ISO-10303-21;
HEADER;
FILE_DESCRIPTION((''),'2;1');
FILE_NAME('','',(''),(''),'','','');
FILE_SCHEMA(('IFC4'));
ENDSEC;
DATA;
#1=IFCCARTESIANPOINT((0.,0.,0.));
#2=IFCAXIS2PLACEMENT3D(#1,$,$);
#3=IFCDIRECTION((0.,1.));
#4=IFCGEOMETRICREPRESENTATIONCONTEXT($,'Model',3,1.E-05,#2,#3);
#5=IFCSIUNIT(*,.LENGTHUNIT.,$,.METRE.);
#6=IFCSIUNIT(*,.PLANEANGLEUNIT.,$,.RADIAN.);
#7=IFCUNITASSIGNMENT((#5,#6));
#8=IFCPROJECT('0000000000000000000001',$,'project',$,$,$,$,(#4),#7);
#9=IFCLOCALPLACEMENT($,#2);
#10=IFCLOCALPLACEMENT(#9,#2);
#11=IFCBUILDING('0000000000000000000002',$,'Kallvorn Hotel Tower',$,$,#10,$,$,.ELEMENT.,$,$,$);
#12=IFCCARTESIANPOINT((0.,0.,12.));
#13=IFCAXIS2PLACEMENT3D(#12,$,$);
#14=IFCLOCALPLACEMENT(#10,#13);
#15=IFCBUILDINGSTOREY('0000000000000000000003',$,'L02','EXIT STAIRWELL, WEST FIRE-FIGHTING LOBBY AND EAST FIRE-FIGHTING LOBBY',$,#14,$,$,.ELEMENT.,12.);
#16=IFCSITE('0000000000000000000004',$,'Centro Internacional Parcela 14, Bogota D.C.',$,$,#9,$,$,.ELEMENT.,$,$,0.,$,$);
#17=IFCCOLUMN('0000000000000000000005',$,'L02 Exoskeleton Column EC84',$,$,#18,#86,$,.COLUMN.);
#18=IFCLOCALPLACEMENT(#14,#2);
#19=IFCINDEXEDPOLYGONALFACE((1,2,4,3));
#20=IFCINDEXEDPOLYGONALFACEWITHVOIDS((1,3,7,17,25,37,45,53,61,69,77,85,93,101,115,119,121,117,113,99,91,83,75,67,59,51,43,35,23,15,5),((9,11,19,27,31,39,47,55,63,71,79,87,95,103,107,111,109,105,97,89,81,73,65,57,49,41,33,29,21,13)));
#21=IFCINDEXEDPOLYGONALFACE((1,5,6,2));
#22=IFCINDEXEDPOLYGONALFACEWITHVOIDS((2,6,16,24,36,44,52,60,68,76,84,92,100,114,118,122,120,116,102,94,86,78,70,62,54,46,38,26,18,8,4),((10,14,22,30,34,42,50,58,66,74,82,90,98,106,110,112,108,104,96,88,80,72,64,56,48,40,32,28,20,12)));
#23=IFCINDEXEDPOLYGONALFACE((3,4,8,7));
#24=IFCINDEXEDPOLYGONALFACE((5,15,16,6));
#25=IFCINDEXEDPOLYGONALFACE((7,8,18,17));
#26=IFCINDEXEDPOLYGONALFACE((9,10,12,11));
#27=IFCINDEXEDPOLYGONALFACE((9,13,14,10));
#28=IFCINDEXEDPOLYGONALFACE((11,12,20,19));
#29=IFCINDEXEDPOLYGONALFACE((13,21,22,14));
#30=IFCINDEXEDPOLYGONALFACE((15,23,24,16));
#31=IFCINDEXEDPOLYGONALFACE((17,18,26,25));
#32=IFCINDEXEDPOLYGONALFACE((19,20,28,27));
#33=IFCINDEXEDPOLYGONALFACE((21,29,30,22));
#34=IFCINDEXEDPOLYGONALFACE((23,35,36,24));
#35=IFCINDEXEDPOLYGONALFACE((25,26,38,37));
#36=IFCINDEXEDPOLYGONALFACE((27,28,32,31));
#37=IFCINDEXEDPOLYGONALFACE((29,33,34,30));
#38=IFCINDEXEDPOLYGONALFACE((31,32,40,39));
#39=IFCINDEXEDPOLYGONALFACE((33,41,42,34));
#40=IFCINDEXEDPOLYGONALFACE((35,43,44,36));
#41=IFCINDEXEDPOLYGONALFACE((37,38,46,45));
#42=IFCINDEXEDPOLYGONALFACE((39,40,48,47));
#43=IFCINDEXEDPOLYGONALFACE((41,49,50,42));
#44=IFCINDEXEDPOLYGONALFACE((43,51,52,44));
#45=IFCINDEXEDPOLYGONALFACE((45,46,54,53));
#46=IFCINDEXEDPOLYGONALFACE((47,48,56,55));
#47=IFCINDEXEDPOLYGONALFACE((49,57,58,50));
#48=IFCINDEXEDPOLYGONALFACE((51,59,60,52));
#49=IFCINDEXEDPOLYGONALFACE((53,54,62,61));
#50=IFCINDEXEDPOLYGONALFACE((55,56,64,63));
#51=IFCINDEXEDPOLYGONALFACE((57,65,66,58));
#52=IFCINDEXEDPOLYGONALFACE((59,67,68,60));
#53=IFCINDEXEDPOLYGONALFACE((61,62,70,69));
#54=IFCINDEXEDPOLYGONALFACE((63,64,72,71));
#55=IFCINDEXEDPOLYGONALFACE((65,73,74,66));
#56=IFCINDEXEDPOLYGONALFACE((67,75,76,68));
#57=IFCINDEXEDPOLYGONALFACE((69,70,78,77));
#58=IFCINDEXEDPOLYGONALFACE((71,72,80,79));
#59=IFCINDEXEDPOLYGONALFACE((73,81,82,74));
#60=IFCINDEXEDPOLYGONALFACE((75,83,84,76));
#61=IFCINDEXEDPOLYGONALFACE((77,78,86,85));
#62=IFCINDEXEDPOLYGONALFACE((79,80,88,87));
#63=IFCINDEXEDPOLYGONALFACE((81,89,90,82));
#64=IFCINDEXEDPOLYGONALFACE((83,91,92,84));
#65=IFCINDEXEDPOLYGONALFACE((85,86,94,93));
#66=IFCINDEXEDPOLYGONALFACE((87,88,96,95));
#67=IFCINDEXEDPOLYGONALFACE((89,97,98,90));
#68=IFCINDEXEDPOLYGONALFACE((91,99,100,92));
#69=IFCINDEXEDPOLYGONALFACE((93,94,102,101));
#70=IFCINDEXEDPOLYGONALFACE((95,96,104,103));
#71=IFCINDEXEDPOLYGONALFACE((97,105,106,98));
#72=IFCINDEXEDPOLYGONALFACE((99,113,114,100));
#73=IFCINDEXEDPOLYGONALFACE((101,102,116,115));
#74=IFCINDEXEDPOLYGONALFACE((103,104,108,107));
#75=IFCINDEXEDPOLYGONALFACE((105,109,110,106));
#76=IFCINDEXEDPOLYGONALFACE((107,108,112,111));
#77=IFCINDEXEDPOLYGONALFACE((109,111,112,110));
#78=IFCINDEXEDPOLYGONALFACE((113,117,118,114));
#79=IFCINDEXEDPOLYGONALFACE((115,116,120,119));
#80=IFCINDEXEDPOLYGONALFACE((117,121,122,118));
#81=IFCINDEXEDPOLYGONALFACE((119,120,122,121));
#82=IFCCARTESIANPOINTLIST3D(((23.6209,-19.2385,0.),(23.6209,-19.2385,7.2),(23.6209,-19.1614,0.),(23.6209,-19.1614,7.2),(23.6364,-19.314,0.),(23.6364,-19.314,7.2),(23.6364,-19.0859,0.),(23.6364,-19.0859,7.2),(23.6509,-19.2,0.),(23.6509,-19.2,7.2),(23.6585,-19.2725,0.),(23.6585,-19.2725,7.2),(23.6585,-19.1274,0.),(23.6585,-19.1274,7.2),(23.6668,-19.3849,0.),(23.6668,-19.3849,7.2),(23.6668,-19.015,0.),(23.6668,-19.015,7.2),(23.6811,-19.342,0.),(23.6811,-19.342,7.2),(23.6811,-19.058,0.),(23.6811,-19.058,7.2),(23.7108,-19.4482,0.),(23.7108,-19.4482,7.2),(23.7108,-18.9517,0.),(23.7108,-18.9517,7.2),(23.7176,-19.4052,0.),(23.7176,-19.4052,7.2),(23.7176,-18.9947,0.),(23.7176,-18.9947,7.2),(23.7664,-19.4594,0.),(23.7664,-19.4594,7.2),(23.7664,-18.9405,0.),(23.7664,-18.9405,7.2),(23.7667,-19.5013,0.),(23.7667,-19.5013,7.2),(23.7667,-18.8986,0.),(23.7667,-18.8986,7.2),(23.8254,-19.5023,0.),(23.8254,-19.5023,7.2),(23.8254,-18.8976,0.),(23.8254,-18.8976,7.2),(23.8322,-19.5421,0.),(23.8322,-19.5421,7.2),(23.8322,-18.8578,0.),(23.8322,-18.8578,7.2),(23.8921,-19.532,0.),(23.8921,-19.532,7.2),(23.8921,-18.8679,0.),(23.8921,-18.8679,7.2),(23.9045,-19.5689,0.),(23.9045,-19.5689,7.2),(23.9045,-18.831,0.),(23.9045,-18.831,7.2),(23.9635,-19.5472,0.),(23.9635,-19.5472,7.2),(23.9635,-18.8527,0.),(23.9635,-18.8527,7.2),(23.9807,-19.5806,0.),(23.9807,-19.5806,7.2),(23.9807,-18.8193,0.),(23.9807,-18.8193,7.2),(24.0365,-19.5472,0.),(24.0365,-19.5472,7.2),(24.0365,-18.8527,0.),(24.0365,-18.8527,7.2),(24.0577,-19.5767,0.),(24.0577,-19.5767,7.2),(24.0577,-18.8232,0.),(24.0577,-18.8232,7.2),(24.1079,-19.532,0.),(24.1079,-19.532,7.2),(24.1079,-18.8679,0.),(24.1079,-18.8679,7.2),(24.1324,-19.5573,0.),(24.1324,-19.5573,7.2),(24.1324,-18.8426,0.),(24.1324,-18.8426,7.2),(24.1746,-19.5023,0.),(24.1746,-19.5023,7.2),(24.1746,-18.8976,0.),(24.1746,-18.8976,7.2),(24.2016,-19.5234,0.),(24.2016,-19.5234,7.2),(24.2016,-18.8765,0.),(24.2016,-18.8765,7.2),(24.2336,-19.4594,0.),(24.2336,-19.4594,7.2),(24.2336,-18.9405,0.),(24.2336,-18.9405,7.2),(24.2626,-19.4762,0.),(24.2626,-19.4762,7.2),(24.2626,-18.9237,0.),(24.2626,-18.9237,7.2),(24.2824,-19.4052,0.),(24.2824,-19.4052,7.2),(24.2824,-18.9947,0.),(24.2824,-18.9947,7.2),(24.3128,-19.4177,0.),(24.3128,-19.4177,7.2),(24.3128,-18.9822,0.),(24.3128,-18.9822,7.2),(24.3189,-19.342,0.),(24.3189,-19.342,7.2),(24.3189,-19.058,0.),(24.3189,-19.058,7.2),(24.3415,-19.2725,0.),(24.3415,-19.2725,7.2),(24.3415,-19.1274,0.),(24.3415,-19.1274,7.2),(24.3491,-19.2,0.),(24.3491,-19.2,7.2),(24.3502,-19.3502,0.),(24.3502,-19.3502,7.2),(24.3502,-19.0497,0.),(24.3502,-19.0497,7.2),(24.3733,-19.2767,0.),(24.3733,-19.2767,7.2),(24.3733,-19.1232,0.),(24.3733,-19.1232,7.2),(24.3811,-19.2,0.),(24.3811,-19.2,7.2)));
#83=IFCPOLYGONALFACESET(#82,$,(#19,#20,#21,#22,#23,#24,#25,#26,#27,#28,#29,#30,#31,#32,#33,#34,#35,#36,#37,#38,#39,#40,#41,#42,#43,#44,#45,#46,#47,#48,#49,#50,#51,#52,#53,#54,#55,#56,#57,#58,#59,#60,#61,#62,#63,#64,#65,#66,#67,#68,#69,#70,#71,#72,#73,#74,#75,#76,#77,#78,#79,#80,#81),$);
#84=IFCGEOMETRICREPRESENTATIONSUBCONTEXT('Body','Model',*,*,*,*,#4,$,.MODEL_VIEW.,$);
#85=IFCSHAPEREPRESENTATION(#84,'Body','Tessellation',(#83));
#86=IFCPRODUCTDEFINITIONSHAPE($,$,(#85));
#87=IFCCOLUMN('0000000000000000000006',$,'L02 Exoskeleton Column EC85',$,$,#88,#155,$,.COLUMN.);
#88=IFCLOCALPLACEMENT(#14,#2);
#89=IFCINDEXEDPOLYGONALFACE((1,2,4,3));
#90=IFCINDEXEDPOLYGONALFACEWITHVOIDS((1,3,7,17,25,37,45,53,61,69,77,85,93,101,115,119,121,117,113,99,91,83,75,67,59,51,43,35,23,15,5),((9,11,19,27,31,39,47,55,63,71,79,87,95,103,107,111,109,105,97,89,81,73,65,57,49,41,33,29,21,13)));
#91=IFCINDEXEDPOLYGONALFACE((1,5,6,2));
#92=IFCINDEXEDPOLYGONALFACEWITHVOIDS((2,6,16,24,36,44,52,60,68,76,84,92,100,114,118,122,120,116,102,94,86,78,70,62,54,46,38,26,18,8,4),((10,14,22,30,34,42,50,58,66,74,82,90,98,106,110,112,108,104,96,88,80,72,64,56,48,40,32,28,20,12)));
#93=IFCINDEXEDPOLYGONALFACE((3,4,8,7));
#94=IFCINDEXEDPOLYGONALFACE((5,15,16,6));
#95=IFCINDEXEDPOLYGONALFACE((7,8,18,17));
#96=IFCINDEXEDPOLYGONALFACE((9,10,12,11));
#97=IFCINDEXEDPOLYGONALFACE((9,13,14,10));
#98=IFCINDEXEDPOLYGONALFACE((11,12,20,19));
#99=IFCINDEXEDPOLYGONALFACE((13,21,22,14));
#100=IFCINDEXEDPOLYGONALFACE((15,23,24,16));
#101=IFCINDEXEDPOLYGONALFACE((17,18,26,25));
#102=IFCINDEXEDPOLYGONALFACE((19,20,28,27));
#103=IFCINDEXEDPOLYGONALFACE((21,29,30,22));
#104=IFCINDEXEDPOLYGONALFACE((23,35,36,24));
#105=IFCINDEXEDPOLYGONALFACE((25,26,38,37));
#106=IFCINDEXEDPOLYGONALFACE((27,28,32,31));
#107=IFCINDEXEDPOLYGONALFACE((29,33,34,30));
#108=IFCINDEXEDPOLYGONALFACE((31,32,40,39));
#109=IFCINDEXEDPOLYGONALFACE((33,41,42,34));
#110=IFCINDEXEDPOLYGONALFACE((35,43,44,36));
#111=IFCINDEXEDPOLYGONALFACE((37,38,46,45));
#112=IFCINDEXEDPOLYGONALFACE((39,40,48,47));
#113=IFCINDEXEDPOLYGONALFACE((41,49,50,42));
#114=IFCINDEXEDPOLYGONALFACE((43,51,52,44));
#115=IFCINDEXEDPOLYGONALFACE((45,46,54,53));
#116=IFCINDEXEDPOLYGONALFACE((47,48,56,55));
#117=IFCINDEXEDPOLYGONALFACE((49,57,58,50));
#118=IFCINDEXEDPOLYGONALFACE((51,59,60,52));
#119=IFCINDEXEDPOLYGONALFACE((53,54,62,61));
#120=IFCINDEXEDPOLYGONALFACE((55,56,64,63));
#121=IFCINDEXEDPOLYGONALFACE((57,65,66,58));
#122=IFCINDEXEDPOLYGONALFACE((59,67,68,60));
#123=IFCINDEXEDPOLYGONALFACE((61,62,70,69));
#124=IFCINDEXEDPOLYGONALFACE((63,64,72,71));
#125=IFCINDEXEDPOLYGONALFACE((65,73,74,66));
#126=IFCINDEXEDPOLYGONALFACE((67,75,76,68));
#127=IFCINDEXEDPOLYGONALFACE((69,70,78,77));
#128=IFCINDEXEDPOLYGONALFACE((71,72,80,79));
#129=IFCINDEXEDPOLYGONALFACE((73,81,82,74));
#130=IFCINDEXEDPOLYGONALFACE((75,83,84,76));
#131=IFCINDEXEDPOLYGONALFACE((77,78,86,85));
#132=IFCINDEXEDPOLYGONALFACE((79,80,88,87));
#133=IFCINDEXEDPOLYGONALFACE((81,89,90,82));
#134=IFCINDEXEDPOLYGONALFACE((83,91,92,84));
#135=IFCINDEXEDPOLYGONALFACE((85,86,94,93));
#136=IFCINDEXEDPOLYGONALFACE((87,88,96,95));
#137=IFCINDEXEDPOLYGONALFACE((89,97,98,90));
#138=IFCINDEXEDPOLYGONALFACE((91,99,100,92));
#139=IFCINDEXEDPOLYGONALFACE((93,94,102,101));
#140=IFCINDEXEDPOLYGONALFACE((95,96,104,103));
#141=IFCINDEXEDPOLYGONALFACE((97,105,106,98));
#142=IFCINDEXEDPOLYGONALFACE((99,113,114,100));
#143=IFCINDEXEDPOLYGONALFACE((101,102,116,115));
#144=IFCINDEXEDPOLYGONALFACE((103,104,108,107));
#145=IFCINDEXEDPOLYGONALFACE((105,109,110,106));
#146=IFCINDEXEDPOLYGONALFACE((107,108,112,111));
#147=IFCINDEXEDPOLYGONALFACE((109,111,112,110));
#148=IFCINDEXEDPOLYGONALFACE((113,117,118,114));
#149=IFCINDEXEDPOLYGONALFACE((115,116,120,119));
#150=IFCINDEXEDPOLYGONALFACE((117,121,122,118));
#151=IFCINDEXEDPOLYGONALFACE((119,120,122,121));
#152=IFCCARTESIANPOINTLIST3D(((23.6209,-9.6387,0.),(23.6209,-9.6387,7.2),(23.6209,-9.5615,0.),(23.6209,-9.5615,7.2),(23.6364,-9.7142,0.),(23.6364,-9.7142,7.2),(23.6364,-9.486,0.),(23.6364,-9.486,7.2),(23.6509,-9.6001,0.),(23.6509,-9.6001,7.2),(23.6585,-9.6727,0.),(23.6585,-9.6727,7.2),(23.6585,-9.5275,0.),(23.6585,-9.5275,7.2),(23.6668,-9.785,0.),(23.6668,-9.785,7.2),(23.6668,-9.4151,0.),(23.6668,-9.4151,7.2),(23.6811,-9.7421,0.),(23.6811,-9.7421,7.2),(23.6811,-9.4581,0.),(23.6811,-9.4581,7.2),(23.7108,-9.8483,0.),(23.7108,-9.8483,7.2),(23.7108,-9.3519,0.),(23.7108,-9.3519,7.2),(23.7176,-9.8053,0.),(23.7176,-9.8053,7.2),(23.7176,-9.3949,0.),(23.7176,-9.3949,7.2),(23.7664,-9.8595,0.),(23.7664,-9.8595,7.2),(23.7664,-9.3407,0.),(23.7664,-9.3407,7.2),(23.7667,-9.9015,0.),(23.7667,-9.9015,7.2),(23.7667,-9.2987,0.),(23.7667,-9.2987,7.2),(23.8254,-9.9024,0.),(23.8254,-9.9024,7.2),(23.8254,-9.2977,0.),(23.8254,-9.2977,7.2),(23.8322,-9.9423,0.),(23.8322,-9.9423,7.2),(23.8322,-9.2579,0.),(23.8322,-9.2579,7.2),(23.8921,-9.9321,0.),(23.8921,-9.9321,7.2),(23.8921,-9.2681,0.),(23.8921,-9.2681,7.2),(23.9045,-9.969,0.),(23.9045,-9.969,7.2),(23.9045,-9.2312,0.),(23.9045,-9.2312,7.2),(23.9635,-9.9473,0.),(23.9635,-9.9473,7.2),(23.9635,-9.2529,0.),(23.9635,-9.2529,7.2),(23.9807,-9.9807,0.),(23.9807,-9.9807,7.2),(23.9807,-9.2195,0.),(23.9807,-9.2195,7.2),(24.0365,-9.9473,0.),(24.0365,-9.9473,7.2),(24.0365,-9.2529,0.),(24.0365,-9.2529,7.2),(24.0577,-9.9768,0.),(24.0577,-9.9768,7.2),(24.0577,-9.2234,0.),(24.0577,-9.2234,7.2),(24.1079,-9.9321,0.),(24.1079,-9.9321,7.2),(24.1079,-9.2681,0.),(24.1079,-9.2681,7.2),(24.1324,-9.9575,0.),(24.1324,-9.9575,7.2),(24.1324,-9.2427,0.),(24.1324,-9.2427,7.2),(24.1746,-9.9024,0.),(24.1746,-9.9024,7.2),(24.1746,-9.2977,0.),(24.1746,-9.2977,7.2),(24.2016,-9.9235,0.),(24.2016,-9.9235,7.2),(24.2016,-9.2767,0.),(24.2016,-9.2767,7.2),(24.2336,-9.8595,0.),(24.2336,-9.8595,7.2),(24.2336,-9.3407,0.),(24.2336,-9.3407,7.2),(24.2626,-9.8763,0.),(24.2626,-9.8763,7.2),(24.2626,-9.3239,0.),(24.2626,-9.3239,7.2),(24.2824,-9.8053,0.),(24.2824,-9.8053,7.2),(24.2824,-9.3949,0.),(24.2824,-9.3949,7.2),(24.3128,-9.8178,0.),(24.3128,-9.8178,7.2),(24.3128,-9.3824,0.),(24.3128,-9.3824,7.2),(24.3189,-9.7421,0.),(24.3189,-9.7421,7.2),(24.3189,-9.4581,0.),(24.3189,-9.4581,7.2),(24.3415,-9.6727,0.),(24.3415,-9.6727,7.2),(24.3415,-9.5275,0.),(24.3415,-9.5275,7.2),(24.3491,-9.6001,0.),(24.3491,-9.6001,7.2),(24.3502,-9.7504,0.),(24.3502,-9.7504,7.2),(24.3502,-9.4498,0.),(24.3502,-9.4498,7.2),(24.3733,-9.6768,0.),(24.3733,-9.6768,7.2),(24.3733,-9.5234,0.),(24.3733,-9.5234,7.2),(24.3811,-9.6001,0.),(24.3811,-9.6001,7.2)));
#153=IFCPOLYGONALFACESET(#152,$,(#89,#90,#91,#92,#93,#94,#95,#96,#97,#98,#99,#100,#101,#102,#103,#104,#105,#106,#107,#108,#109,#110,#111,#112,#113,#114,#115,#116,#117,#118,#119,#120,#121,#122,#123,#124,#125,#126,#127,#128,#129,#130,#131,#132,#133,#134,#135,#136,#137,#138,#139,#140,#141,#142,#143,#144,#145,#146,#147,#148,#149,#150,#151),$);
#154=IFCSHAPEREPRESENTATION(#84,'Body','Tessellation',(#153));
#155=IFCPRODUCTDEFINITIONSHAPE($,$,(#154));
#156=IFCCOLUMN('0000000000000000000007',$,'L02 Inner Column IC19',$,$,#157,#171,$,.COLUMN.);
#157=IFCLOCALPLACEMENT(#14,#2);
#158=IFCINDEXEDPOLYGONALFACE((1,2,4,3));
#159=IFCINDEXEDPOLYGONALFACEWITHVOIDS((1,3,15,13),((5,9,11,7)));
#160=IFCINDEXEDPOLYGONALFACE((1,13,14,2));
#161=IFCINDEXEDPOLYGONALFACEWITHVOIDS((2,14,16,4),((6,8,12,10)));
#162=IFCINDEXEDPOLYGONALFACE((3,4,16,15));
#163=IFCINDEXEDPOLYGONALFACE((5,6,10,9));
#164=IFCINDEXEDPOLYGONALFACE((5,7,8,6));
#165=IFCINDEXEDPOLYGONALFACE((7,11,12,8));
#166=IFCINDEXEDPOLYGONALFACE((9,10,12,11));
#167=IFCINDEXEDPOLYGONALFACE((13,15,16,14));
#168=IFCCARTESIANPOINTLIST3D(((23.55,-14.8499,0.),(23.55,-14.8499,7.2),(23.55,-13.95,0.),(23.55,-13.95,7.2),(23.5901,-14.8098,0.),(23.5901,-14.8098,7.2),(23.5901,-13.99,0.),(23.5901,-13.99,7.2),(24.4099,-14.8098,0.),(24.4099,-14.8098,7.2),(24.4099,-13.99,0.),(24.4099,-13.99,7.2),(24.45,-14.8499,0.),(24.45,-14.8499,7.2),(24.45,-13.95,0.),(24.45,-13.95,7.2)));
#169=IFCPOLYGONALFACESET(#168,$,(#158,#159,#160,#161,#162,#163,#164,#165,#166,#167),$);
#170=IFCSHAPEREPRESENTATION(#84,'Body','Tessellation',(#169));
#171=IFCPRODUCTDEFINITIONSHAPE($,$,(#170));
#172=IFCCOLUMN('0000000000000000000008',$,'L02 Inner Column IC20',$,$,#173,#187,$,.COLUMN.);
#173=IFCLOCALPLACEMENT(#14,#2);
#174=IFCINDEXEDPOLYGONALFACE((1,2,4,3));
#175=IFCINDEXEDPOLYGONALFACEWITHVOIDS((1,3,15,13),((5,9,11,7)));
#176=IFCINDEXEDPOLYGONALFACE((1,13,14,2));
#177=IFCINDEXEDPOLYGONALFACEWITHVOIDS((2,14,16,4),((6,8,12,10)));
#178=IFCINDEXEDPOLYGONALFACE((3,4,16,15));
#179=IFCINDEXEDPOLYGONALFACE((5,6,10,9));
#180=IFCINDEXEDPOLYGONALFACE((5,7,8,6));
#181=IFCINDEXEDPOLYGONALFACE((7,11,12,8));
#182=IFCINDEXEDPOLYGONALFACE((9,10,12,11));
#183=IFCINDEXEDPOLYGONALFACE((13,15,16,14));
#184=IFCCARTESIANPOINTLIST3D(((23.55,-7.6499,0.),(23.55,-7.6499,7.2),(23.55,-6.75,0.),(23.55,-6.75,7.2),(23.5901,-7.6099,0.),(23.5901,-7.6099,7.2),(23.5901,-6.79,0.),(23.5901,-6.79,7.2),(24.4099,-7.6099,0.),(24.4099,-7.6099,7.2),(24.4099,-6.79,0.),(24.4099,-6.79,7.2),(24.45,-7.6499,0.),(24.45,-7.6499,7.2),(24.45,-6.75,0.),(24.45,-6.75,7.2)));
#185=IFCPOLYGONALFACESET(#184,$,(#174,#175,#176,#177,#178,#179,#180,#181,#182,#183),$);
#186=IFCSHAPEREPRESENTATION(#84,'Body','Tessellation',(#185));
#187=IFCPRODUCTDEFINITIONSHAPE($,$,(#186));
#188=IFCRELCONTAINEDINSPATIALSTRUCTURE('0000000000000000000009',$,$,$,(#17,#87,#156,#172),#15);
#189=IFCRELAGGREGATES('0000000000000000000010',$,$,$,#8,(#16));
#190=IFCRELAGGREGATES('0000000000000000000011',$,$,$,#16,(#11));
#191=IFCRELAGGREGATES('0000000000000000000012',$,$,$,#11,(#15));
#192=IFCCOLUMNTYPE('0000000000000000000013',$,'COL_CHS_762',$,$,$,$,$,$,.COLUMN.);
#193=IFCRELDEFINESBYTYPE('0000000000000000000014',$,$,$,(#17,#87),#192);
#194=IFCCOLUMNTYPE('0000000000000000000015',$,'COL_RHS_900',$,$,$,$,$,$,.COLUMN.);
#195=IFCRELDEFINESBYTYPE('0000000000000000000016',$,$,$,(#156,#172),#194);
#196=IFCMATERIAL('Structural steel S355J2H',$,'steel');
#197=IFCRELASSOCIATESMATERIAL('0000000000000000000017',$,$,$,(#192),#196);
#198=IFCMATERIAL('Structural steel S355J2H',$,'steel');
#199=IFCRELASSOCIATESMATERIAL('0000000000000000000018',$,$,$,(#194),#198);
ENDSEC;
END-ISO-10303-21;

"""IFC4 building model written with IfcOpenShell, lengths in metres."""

from ifc_helpers import new_model, si_unit, direction, frame, origin, origin_2d, place, context, subcontext, project, spatial, hollow_rectangle, hollow_circle, extrude, material, material_profile, profile_set, type_object, element, save


model = new_model("IFC4")

# Units and contexts
model_context = context("Model", 3, precision=1e-05, world=origin(), true_north=direction((0.0, 1.0)))
body_context = subcontext(model_context, "Body", "Model", "MODEL_VIEW")
ifc_project = project(units=[si_unit("LENGTHUNIT", "METRE"), si_unit("PLANEANGLEUNIT", "RADIAN")], contexts=[model_context])

# Site, building, storey
site_placement = place(None, origin())
site = spatial("IfcSite", under=ifc_project, at=site_placement, Name="Centro Internacional Parcela 14, Bogota D.C.", CompositionType="ELEMENT", RefElevation=0.0)
building_placement = place(site_placement, origin())
building = spatial("IfcBuilding", under=site, at=building_placement, Name="Kallvorn Hotel Tower", CompositionType="ELEMENT")
storey_placement = place(building_placement, frame((0.0, 0.0, 12.0)))
storey = spatial("IfcBuildingStorey", under=building, at=storey_placement, Name="L02", Description="EXIT STAIRWELL, WEST FIRE-FIGHTING LOBBY AND EAST FIRE-FIGHTING LOBBY", CompositionType="ELEMENT", Elevation=12.0)

# Columns
ifc_material_1 = material(Name="Structural steel S355J2H", Category="steel")
ifc_material_profile_1 = material_profile(ifc_material_1, hollow_circle(Radius=0.3811, WallThickness=0.032, at=origin_2d()), Name="CHS 762x32")
ifc_profile_set_1 = profile_set([ifc_material_profile_1], Name="Structural steel S355J2H")
column_type_1 = type_object("IfcColumnType", Name="COL_CHS_762", PredefinedType="COLUMN", material=ifc_profile_set_1)
for number, where, z_axis, x_axis, name in (
    (1, (24.0, -19.2, 0.0), (0.0, 0.0, 1.0), (1.0, 0.0, 0.0), "L02 Exoskeleton Column EC84"),
    (2, (24.0, -9.6001, 0.0), (0.0, 0.0, 1.0), (1.0, 0.0, 0.0), "L02 Exoskeleton Column EC85"),
):
    element("IfcColumn", number, at=place(storey_placement, frame(where, z_axis=z_axis, x_axis=x_axis)), inside=storey, type_object=column_type_1, Name=name, PredefinedType="COLUMN", context=body_context, shape_type="SweptSolid", body=[
        extrude(hollow_circle(Radius=0.3811, WallThickness=0.032, at=origin_2d()), origin(), (0.0, 0.0, 1.0), 7.2),
    ])
ifc_material_2 = material(Name="Structural steel S355J2H", Category="steel")
ifc_material_profile_2 = material_profile(ifc_material_2, hollow_rectangle(XDim=0.8999, YDim=0.8999, WallThickness=0.04, at=origin_2d()), Name="RHS 900x900x40")
ifc_profile_set_2 = profile_set([ifc_material_profile_2], Name="Structural steel S355J2H")
column_type_2 = type_object("IfcColumnType", Name="COL_RHS_900", PredefinedType="COLUMN", material=ifc_profile_set_2)
for number, where, z_axis, x_axis, name in (
    (3, (24.0, -14.3999, 0.0), (0.0, 0.0, 1.0), (1.0, 0.0, 0.0), "L02 Inner Column IC19"),
    (4, (24.0, -7.2, 0.0), (0.0, 0.0, 1.0), (1.0, 0.0, 0.0), "L02 Inner Column IC20"),
):
    element("IfcColumn", number, at=place(storey_placement, frame(where, z_axis=z_axis, x_axis=x_axis)), inside=storey, type_object=column_type_2, Name=name, PredefinedType="COLUMN", context=body_context, shape_type="SweptSolid", body=[
        extrude(hollow_rectangle(XDim=0.8999, YDim=0.8999, WallThickness=0.04, at=origin_2d()), origin(), (0.0, 0.0, 1.0), 7.2),
    ])

save(model, "model.ifc")
